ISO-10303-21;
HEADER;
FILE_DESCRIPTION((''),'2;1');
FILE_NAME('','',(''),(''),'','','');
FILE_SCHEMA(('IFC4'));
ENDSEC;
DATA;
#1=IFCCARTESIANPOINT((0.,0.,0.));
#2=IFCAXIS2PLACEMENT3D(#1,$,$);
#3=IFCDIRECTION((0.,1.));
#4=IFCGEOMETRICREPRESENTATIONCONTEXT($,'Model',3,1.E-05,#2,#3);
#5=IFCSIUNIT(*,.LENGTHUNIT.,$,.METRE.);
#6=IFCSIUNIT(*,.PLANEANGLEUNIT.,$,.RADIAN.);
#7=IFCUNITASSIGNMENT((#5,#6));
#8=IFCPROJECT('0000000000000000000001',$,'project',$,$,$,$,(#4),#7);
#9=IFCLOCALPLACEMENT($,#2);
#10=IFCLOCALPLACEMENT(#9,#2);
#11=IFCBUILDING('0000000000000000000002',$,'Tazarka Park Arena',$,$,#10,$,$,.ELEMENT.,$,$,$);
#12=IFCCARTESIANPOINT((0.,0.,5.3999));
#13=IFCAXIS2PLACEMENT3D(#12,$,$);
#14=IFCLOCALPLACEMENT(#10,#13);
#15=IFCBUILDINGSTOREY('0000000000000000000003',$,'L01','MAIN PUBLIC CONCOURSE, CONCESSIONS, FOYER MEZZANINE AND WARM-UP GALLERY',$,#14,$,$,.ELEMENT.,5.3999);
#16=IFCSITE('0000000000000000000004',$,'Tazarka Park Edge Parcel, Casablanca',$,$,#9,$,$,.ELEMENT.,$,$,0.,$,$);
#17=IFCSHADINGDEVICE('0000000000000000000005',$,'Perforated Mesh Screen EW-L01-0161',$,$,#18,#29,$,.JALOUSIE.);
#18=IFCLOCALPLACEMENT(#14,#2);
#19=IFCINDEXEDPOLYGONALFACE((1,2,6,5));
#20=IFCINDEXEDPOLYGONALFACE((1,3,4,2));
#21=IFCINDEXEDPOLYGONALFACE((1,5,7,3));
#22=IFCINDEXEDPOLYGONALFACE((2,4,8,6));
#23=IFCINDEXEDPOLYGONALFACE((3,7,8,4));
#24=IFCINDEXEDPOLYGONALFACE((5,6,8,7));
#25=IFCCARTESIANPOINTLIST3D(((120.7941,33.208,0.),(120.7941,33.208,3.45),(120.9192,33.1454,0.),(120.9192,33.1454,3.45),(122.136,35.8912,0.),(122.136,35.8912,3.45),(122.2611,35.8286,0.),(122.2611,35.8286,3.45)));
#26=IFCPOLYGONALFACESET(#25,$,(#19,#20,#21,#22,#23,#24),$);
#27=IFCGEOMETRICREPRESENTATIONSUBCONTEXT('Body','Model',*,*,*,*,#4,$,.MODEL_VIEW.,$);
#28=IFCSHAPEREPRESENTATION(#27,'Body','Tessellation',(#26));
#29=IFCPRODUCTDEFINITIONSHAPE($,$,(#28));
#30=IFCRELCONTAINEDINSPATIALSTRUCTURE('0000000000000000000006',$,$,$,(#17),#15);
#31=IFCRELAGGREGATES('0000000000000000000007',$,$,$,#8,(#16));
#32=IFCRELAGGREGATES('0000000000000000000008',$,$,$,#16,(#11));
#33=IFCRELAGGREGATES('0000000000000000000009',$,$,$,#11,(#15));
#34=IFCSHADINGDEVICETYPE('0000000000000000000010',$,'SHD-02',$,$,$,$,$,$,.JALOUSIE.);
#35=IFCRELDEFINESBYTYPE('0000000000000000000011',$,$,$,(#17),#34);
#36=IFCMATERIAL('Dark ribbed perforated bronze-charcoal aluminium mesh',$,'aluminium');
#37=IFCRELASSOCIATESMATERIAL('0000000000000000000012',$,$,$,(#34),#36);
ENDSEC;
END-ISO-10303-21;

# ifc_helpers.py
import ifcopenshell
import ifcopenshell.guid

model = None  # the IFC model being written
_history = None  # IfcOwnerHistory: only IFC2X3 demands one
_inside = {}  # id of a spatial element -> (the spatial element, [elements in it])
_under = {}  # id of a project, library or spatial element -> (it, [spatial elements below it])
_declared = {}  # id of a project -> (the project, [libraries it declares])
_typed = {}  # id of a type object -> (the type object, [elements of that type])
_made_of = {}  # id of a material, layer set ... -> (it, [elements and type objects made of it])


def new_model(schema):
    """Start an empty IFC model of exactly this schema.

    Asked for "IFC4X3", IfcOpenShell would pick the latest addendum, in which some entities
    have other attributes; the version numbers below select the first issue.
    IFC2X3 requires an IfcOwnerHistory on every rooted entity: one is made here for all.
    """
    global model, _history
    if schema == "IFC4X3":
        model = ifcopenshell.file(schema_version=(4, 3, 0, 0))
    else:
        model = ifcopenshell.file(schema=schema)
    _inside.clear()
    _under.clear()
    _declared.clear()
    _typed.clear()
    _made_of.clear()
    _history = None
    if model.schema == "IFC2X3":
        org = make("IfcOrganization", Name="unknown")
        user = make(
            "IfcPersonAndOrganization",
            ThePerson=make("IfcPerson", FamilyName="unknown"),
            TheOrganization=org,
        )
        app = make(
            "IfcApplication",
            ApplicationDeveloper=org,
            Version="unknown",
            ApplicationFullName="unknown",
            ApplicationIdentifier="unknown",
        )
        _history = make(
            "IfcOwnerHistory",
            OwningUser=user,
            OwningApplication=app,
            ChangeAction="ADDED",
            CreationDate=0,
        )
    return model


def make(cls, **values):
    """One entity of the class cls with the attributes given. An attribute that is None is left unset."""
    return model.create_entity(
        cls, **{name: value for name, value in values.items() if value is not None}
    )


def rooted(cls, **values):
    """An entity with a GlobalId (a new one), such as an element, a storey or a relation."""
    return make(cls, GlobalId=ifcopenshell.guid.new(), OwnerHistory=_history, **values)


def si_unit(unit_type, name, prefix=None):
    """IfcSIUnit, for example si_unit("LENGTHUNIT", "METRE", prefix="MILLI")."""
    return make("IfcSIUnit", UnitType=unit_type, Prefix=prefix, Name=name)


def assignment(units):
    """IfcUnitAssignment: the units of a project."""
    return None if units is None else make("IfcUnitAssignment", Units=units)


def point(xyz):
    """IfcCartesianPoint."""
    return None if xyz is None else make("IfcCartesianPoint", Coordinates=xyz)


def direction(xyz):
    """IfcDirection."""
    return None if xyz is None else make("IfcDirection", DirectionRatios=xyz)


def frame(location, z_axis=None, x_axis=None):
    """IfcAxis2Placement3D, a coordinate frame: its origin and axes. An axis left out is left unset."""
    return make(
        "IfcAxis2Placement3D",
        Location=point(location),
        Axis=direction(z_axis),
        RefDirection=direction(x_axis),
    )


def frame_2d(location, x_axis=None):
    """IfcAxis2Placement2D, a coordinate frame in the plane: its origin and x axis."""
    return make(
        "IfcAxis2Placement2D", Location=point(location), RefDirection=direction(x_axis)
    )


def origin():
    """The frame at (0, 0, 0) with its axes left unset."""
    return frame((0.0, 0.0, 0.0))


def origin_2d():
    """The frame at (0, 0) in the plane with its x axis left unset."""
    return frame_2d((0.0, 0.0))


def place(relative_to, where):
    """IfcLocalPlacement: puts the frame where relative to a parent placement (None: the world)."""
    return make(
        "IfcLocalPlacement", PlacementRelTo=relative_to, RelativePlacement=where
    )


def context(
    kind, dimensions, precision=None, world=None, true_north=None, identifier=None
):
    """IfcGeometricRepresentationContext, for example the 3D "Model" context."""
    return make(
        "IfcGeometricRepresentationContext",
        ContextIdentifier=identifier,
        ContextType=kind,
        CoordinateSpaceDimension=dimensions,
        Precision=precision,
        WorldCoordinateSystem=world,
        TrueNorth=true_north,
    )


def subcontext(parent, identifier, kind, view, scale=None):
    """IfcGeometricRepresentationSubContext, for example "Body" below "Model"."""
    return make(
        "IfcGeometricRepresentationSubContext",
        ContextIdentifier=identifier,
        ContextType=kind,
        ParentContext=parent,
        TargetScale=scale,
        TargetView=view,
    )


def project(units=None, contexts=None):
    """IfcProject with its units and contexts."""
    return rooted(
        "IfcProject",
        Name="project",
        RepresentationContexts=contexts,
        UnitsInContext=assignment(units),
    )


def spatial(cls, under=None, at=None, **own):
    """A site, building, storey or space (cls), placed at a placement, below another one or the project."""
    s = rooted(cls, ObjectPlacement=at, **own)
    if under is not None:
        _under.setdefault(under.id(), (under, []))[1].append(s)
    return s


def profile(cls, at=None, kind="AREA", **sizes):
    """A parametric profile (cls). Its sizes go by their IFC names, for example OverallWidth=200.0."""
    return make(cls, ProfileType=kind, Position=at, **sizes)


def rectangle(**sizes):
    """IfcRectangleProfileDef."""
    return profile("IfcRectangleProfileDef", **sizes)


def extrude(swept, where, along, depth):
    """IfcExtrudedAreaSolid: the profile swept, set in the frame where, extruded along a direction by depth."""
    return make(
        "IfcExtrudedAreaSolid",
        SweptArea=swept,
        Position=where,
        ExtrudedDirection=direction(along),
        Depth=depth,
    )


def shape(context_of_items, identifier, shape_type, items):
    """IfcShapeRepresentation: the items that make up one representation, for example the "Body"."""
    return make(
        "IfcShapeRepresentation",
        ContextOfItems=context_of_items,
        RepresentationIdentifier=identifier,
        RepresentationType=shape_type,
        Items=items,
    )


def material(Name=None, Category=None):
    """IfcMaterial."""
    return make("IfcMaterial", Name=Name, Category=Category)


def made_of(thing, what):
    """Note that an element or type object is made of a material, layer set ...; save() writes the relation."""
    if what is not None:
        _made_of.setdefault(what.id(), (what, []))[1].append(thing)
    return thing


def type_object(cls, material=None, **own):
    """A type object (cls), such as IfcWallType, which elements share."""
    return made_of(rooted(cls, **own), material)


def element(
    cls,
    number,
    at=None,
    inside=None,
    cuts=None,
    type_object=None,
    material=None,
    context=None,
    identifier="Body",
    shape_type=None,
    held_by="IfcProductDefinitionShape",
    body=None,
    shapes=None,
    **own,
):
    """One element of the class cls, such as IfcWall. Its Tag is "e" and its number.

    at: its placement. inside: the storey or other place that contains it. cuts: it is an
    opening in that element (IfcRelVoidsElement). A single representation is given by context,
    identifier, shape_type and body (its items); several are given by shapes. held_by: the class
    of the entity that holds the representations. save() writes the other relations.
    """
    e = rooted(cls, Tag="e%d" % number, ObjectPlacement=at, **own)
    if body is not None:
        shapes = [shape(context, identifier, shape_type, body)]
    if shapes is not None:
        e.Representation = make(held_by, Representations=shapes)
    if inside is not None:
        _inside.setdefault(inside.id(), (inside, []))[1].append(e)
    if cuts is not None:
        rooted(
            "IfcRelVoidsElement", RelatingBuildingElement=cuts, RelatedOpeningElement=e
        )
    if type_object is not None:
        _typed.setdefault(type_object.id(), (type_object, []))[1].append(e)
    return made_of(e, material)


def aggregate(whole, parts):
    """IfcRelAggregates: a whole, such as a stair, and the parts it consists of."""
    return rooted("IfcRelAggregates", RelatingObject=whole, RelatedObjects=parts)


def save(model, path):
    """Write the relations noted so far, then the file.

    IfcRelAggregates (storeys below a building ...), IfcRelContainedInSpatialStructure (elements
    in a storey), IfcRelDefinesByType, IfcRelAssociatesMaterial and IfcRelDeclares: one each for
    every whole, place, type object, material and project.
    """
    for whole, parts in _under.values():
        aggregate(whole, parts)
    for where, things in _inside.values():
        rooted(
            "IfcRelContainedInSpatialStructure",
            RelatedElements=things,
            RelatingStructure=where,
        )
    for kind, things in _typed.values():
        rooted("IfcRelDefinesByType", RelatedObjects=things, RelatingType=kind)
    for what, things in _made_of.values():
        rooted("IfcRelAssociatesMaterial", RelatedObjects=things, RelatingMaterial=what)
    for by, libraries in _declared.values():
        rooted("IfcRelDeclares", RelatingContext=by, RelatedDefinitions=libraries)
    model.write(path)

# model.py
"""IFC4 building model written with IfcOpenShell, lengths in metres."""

from ifc_helpers import new_model, si_unit, direction, frame, origin, origin_2d, place, context, subcontext, project, spatial, rectangle, extrude, material, type_object, element, save


model = new_model("IFC4")

# Units and contexts
model_context = context("Model", 3, precision=1e-05, world=origin(), true_north=direction((0.0, 1.0)))
body_context = subcontext(model_context, "Body", "Model", "MODEL_VIEW")
ifc_project = project(units=[si_unit("LENGTHUNIT", "METRE"), si_unit("PLANEANGLEUNIT", "RADIAN")], contexts=[model_context])

# Site, building, storey
site_placement = place(None, origin())
site = spatial("IfcSite", under=ifc_project, at=site_placement, Name="Tazarka Park Edge Parcel, Casablanca", CompositionType="ELEMENT", RefElevation=0.0)
building_placement = place(site_placement, origin())
building = spatial("IfcBuilding", under=site, at=building_placement, Name="Tazarka Park Arena", CompositionType="ELEMENT")
storey_placement = place(building_placement, frame((0.0, 0.0, 5.3999)))
storey = spatial("IfcBuildingStorey", under=building, at=storey_placement, Name="L01", Description="MAIN PUBLIC CONCOURSE, CONCESSIONS, FOYER MEZZANINE AND WARM-UP GALLERY", CompositionType="ELEMENT", Elevation=5.3999)

# Shading device
ifc_material_1 = material(Name="Dark ribbed perforated bronze-charcoal aluminium mesh", Category="aluminium")
shading_device_type = type_object("IfcShadingDeviceType", Name="SHD-02", PredefinedType="JALOUSIE", material=ifc_material_1)
shading_device_placement = place(storey_placement, frame((121.5276, 34.5183, 0.0), z_axis=(0.0, 0.0, 1.0), x_axis=(-0.447291, -0.894389, 0.0)))
element("IfcShadingDevice", 1, at=shading_device_placement, inside=storey, type_object=shading_device_type, Name="Perforated Mesh Screen EW-L01-0161", PredefinedType="JALOUSIE", context=body_context, shape_type="SweptSolid", body=[
    extrude(rectangle(XDim=3.0, YDim=0.1399, at=origin_2d()), origin(), (0.0, 0.0, 1.0), 3.45),
])

save(model, "model.ifc")
